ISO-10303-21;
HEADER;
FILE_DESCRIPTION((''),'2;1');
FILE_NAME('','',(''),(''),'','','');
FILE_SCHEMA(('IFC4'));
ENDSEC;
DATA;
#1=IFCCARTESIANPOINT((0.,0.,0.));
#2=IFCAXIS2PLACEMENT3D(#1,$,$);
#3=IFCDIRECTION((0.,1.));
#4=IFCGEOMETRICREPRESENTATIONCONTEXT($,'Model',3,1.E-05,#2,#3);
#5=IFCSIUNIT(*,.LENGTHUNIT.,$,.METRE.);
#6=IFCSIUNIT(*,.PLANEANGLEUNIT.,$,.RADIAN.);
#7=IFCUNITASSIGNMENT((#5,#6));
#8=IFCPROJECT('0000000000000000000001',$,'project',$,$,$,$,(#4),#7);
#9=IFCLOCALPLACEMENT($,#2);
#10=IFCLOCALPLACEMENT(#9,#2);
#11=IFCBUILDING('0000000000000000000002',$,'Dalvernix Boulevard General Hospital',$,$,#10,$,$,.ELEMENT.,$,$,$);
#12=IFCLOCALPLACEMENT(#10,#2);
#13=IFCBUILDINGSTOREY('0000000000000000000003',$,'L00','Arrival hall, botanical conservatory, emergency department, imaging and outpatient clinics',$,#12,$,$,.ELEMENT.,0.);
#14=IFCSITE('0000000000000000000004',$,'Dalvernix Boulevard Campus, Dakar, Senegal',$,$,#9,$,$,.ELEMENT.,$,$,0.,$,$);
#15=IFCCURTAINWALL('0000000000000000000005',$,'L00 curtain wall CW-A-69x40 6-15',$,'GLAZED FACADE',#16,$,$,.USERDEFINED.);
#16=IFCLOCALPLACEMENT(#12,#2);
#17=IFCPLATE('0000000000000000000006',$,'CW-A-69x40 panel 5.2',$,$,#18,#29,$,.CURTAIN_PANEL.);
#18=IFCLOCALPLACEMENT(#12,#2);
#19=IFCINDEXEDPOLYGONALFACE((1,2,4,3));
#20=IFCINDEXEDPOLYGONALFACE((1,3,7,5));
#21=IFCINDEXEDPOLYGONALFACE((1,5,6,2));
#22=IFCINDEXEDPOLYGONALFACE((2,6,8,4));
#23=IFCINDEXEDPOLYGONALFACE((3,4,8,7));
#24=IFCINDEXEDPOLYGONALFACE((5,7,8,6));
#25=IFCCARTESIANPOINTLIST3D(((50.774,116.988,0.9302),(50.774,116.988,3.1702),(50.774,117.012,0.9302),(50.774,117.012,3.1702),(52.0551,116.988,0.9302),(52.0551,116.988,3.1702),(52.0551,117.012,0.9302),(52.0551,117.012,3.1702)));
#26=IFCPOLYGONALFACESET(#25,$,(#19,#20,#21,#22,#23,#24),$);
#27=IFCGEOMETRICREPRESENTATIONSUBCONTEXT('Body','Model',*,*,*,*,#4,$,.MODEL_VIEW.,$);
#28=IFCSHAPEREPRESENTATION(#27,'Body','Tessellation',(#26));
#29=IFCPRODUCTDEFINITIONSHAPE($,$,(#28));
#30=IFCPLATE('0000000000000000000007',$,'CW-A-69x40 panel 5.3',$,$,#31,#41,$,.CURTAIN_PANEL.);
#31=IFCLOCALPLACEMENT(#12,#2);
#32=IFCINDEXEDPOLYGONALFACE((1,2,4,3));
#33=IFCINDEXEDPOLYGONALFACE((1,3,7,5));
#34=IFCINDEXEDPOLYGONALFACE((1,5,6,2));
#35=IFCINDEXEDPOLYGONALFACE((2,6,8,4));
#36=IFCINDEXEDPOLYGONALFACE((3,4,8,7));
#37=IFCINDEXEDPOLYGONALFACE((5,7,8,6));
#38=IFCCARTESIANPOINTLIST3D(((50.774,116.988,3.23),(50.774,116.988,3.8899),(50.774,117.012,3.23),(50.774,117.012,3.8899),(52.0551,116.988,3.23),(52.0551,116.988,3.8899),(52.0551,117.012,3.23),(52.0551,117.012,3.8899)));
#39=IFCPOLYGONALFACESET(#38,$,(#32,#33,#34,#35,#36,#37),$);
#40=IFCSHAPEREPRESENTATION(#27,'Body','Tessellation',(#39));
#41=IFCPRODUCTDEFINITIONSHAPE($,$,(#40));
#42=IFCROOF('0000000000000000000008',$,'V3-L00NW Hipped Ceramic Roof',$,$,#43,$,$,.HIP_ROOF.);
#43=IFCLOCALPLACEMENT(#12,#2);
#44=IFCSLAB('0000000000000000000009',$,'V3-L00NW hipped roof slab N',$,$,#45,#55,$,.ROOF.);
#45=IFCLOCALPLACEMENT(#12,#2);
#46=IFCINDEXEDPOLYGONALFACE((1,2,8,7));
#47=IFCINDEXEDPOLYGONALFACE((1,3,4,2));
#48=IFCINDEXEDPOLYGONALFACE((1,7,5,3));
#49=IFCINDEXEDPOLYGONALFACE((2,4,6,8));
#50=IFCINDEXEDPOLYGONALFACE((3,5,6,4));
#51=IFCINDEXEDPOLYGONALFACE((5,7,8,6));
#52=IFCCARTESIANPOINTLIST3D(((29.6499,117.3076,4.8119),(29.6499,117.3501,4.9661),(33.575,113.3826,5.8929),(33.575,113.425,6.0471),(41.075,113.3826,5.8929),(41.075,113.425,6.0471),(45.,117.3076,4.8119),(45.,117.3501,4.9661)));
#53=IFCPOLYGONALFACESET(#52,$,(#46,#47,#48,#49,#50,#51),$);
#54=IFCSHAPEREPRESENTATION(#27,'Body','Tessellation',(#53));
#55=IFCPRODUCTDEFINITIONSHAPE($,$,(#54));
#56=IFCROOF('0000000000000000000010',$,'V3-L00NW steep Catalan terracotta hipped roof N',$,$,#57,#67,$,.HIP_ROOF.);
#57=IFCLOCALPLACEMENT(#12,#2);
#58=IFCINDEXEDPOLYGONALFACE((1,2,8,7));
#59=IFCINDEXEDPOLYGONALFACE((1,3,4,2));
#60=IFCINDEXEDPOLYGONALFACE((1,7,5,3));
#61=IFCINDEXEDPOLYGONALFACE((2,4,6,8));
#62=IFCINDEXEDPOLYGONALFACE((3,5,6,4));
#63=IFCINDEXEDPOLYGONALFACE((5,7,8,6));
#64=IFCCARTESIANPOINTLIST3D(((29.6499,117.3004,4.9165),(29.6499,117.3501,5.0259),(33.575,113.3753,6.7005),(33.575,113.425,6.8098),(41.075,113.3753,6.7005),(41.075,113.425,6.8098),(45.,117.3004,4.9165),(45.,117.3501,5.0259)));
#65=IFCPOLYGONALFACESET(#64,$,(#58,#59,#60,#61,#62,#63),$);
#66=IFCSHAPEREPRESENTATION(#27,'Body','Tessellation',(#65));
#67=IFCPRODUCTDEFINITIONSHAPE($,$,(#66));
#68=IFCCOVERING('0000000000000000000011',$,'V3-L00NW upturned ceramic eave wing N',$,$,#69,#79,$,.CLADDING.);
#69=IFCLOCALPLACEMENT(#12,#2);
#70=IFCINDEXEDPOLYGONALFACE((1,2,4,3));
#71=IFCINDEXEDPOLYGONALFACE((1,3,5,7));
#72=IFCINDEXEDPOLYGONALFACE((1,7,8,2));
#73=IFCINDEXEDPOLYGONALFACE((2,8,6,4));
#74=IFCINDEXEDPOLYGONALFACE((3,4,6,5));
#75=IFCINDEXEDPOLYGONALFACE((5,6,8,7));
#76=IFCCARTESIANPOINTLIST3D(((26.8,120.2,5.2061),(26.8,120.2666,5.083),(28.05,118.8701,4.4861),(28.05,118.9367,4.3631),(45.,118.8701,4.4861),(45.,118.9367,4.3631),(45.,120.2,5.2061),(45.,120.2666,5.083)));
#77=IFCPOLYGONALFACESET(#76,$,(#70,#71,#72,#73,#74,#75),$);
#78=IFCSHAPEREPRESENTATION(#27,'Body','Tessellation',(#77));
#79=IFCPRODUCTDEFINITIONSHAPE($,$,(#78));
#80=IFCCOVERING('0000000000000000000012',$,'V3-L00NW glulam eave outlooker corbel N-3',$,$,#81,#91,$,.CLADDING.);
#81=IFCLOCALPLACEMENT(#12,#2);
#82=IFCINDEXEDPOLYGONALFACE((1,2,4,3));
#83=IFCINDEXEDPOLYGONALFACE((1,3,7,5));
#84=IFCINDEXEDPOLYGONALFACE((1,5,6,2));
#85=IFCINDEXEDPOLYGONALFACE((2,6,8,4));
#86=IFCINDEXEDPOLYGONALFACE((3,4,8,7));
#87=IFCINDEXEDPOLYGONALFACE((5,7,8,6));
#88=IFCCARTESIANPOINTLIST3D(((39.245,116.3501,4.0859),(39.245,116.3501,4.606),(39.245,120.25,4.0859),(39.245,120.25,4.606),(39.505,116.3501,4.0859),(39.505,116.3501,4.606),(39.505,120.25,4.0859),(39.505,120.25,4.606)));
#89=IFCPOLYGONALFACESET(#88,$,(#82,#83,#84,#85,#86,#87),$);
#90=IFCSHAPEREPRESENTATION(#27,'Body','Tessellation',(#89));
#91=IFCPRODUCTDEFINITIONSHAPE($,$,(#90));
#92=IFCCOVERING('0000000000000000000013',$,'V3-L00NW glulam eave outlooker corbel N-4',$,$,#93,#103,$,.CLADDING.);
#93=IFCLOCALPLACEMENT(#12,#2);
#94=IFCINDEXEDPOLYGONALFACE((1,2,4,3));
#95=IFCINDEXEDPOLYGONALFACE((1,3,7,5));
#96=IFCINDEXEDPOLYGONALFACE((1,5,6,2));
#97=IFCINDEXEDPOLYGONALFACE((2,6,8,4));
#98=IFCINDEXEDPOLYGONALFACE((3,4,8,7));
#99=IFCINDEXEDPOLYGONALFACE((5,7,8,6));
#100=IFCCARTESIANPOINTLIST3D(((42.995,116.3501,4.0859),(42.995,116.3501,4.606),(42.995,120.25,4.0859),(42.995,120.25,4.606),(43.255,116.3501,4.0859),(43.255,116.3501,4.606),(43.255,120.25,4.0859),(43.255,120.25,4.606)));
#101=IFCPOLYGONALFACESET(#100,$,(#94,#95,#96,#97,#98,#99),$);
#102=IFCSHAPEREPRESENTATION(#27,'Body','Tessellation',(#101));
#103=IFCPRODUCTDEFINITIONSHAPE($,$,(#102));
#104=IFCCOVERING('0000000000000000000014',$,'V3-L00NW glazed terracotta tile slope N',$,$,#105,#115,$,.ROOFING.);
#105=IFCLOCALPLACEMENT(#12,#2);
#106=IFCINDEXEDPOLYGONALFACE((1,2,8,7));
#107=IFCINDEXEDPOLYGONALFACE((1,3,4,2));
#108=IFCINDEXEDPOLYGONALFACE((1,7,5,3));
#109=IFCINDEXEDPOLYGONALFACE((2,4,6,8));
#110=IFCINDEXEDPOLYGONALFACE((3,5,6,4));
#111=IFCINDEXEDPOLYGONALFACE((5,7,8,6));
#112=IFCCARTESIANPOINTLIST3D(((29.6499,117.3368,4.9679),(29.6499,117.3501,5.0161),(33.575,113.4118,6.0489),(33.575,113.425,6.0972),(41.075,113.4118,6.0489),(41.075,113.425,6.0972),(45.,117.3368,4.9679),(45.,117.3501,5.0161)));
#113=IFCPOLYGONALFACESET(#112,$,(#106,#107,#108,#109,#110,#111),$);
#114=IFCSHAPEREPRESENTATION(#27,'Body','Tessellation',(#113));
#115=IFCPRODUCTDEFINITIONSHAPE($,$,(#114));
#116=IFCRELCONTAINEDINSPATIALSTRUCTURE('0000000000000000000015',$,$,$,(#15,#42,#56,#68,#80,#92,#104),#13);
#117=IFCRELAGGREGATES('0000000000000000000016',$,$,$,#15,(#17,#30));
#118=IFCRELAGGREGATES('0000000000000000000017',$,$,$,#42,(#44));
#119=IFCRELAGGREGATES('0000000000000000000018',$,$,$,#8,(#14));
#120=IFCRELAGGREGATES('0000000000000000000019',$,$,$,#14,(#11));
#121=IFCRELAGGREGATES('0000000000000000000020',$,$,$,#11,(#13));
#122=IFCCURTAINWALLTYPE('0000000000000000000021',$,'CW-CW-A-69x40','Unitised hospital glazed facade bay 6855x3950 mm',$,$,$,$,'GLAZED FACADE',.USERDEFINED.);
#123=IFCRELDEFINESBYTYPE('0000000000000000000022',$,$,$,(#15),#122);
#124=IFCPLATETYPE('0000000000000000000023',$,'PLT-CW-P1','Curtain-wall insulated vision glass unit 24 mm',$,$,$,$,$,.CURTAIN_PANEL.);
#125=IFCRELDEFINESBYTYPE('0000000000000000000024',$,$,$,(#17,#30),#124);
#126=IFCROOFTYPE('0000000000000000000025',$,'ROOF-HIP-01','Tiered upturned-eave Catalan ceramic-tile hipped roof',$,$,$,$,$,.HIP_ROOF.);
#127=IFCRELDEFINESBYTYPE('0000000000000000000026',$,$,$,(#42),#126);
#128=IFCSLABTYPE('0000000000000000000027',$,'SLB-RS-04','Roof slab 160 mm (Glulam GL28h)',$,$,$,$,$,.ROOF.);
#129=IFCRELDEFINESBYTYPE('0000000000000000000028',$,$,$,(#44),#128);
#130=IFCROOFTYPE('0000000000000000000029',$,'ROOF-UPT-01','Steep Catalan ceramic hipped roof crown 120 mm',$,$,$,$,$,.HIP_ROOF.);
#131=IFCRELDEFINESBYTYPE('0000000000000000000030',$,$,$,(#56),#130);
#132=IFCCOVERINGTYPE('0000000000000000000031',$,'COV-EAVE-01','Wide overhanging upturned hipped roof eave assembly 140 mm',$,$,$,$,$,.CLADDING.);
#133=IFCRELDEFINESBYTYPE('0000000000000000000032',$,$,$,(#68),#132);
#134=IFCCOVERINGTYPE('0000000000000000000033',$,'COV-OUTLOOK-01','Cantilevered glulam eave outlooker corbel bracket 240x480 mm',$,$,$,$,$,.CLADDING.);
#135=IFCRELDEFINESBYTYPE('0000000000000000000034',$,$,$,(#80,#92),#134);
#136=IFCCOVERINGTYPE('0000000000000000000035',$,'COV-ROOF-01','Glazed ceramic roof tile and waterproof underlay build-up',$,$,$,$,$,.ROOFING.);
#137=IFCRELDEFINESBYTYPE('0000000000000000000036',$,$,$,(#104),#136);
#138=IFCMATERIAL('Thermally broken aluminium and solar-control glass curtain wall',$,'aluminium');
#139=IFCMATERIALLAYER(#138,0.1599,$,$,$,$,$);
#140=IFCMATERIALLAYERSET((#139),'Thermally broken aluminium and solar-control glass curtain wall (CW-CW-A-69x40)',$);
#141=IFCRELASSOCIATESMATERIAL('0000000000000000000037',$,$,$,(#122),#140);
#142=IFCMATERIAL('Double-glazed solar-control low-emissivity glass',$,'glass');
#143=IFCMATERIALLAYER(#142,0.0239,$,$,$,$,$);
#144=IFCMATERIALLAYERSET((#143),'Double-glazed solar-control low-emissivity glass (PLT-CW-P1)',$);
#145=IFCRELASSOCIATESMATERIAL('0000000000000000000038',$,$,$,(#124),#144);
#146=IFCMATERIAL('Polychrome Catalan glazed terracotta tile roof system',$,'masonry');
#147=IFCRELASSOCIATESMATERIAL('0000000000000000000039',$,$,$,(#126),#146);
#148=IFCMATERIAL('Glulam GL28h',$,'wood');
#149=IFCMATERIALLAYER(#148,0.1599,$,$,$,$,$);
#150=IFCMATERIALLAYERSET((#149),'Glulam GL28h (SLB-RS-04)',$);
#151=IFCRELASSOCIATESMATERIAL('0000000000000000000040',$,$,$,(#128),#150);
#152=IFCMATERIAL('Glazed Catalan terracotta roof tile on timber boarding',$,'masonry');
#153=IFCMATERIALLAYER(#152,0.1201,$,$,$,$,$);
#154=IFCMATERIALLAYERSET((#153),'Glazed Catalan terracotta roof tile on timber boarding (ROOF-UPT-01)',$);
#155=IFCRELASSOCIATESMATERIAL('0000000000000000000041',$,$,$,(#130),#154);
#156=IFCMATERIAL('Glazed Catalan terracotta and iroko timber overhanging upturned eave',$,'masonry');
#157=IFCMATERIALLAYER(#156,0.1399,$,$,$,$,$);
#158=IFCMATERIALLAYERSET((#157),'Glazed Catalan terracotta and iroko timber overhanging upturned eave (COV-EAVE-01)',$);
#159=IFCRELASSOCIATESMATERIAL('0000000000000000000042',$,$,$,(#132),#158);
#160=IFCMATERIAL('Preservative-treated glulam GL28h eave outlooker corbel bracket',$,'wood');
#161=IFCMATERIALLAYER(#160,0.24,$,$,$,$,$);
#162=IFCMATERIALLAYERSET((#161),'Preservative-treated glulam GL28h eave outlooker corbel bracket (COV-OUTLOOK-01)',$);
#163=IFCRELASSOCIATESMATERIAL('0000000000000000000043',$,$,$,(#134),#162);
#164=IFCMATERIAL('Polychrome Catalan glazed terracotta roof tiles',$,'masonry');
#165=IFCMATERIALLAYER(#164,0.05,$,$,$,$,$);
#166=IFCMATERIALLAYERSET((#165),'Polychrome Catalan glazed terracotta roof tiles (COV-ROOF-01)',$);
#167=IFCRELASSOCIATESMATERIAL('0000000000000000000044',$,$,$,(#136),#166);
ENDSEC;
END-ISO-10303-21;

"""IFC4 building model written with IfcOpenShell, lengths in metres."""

from ifc_helpers import new_model, si_unit, direction, frame, origin, origin_2d, place, context, subcontext, project, spatial, polyline, rectangle, outline, extrude, material, layer, layer_set, type_object, element, aggregate, save


model = new_model("IFC4")

# Units and contexts
model_context = context("Model", 3, precision=1e-05, world=origin(), true_north=direction((0.0, 1.0)))
body_context = subcontext(model_context, "Body", "Model", "MODEL_VIEW")
ifc_project = project(units=[si_unit("LENGTHUNIT", "METRE"), si_unit("PLANEANGLEUNIT", "RADIAN")], contexts=[model_context])

# Site, building, storey
site_placement = place(None, origin())
site = spatial("IfcSite", under=ifc_project, at=site_placement, Name="Dalvernix Boulevard Campus, Dakar, Senegal", CompositionType="ELEMENT", RefElevation=0.0)
building_placement = place(site_placement, origin())
building = spatial("IfcBuilding", under=site, at=building_placement, Name="Dalvernix Boulevard General Hospital", CompositionType="ELEMENT")
storey_placement = place(building_placement, origin())
storey = spatial("IfcBuildingStorey", under=building, at=storey_placement, Name="L00", Description="Arrival hall, botanical conservatory, emergency department, imaging and outpatient clinics", CompositionType="ELEMENT", Elevation=0.0)

# Curtain wall, plates
ifc_material_1 = material(Name="Thermally broken aluminium and solar-control glass curtain wall", Category="aluminium")
ifc_layer_1 = layer(ifc_material_1, 0.1599)
ifc_layer_set_1 = layer_set([ifc_layer_1], Name="Thermally broken aluminium and solar-control glass curtain wall (CW-CW-A-69x40)")
curtain_wall_type = type_object("IfcCurtainWallType", Name="CW-CW-A-69x40", Description="Unitised hospital glazed facade bay 6855x3950 mm", ElementType="GLAZED FACADE", PredefinedType="USERDEFINED", material=ifc_layer_set_1)
curtain_wall_placement = place(storey_placement, origin())
curtain_wall = element("IfcCurtainWall", 1, at=curtain_wall_placement, inside=storey, type_object=curtain_wall_type, Name="L00 curtain wall CW-A-69x40 6-15", ObjectType="GLAZED FACADE", PredefinedType="USERDEFINED")
ifc_material_2 = material(Name="Double-glazed solar-control low-emissivity glass", Category="glass")
ifc_layer_2 = layer(ifc_material_2, 0.0239)
ifc_layer_set_2 = layer_set([ifc_layer_2], Name="Double-glazed solar-control low-emissivity glass (PLT-CW-P1)")
plate_type = type_object("IfcPlateType", Name="PLT-CW-P1", Description="Curtain-wall insulated vision glass unit 24 mm", PredefinedType="CURTAIN_PANEL", material=ifc_layer_set_2)
plate_1_placement = place(storey_placement, frame((51.4146, 117.0, 0.9302), z_axis=(0.0, 0.0, 1.0), x_axis=(1.0, 0.0, 0.0)))
plate_1 = element("IfcPlate", 2, at=plate_1_placement, type_object=plate_type, Name="CW-A-69x40 panel 5.2", PredefinedType="CURTAIN_PANEL", context=body_context, shape_type="SweptSolid", body=[
    extrude(rectangle(XDim=1.281, YDim=0.0239, at=origin_2d()), origin(), (0.0, 0.0, 1.0), 2.24),
])
plate_2_placement = place(storey_placement, frame((51.4146, 117.0, 3.23), z_axis=(0.0, 0.0, 1.0), x_axis=(1.0, 0.0, 0.0)))
plate_2 = element("IfcPlate", 3, at=plate_2_placement, type_object=plate_type, Name="CW-A-69x40 panel 5.3", PredefinedType="CURTAIN_PANEL", context=body_context, shape_type="SweptSolid", body=[
    extrude(rectangle(XDim=1.281, YDim=0.0239, at=origin_2d()), origin(), (0.0, 0.0, 1.0), 0.6599),
])
aggregate(curtain_wall, [plate_1, plate_2])

# Roof, slab
ifc_material_3 = material(Name="Polychrome Catalan glazed terracotta tile roof system", Category="masonry")
roof_type_1 = type_object("IfcRoofType", Name="ROOF-HIP-01", Description="Tiered upturned-eave Catalan ceramic-tile hipped roof", PredefinedType="HIP_ROOF", material=ifc_material_3)
roof_1_placement = place(storey_placement, origin())
roof_1 = element("IfcRoof", 4, at=roof_1_placement, inside=storey, type_object=roof_type_1, Name="V3-L00NW Hipped Ceramic Roof", PredefinedType="HIP_ROOF")
ifc_material_4 = material(Name="Glulam GL28h", Category="wood")
ifc_layer_3 = layer(ifc_material_4, 0.1599)
ifc_layer_set_3 = layer_set([ifc_layer_3], Name="Glulam GL28h (SLB-RS-04)")
slab_type = type_object("IfcSlabType", Name="SLB-RS-04", Description="Roof slab 160 mm (Glulam GL28h)", PredefinedType="ROOF", material=ifc_layer_set_3)
slab_placement = place(storey_placement, frame((45.0, 117.3501, 4.9661), z_axis=(0.0, 0.265537, 0.964101), x_axis=(-1.0, 0.0, 0.0)))
slab = element("IfcSlab", 5, at=slab_placement, type_object=slab_type, Name="V3-L00NW hipped roof slab N", PredefinedType="ROOF", context=body_context, shape_type="SweptSolid", body=[
    extrude(outline(polyline([(0.0, 0.0), (15.3501, 0.0), (11.425, 4.0712), (3.925, 4.0712), (0.0, 0.0)])), origin(), (0.0, 0.0, -1.0), 0.1599),
])
aggregate(roof_1, [slab])

# Roof
ifc_material_5 = material(Name="Glazed Catalan terracotta roof tile on timber boarding", Category="masonry")
ifc_layer_4 = layer(ifc_material_5, 0.1201)
ifc_layer_set_4 = layer_set([ifc_layer_4], Name="Glazed Catalan terracotta roof tile on timber boarding (ROOF-UPT-01)")
roof_type_2 = type_object("IfcRoofType", Name="ROOF-UPT-01", Description="Steep Catalan ceramic hipped roof crown 120 mm", PredefinedType="HIP_ROOF", material=ifc_layer_set_4)
roof_2_placement = place(storey_placement, frame((45.0, 117.3501, 5.0259), z_axis=(0.0, 0.413769, 0.910382), x_axis=(-1.0, 0.0, 0.0)))
element("IfcRoof", 6, at=roof_2_placement, inside=storey, type_object=roof_type_2, Name="V3-L00NW steep Catalan terracotta hipped roof N", PredefinedType="HIP_ROOF", context=body_context, shape_type="SweptSolid", body=[
    extrude(outline(polyline([(0.0, 0.0), (15.3501, 0.0), (11.425, 4.3114), (3.925, 4.3114), (0.0, 0.0)])), origin(), (0.0, 0.0, -1.0), 0.1201),
])

# Coverings
ifc_material_6 = material(Name="Glazed Catalan terracotta and iroko timber overhanging upturned eave", Category="masonry")
ifc_layer_5 = layer(ifc_material_6, 0.1399)
ifc_layer_set_5 = layer_set([ifc_layer_5], Name="Glazed Catalan terracotta and iroko timber overhanging upturned eave (COV-EAVE-01)")
covering_type_1 = type_object("IfcCoveringType", Name="COV-EAVE-01", Description="Wide overhanging upturned hipped roof eave assembly 140 mm", PredefinedType="CLADDING", material=ifc_layer_set_5)
covering_1_placement = place(storey_placement, frame((45.0, 118.8701, 4.4861), z_axis=(0.0, -0.476101, 0.879391), x_axis=(-1.0, 0.0, 0.0)))
element("IfcCovering", 7, at=covering_1_placement, inside=storey, type_object=covering_type_1, Name="V3-L00NW upturned ceramic eave wing N", PredefinedType="CLADDING", context=body_context, shape_type="SweptSolid", body=[
    extrude(outline(polyline([(0.0, 0.0), (16.95, 0.0), (18.2, -1.5122), (0.0, -1.5122), (0.0, 0.0)])), origin(), (0.0, 0.0, -1.0), 0.1399),
])
ifc_material_7 = material(Name="Preservative-treated glulam GL28h eave outlooker corbel bracket", Category="wood")
ifc_layer_6 = layer(ifc_material_7, 0.24)
ifc_layer_set_6 = layer_set([ifc_layer_6], Name="Preservative-treated glulam GL28h eave outlooker corbel bracket (COV-OUTLOOK-01)")
covering_type_2 = type_object("IfcCoveringType", Name="COV-OUTLOOK-01", Description="Cantilevered glulam eave outlooker corbel bracket 240x480 mm", PredefinedType="CLADDING", material=ifc_layer_set_6)
for number, where, z_axis, x_axis, name in (
    (8, (39.375, 118.3, 4.0859), (0.0, 0.0, 1.0), (1.0, 0.0, 0.0), "V3-L00NW glulam eave outlooker corbel N-3"),
    (9, (43.125, 118.3, 4.0859), (0.0, 0.0, 1.0), (1.0, 0.0, 0.0), "V3-L00NW glulam eave outlooker corbel N-4"),
):
    element("IfcCovering", number, at=place(storey_placement, frame(where, z_axis=z_axis, x_axis=x_axis)), inside=storey, type_object=covering_type_2, Name=name, PredefinedType="CLADDING", context=body_context, shape_type="SweptSolid", body=[
        extrude(rectangle(XDim=0.26, YDim=3.8999, at=origin_2d()), origin(), (0.0, 0.0, 1.0), 0.52),
    ])
ifc_material_8 = material(Name="Polychrome Catalan glazed terracotta roof tiles", Category="masonry")
ifc_layer_7 = layer(ifc_material_8, 0.05)
ifc_layer_set_7 = layer_set([ifc_layer_7], Name="Polychrome Catalan glazed terracotta roof tiles (COV-ROOF-01)")
covering_type_3 = type_object("IfcCoveringType", Name="COV-ROOF-01", Description="Glazed ceramic roof tile and waterproof underlay build-up", PredefinedType="ROOFING", material=ifc_layer_set_7)
covering_2_placement = place(storey_placement, frame((45.0, 117.3501, 5.0161), z_axis=(0.0, 0.265537, 0.964101), x_axis=(-1.0, 0.0, 0.0)))
element("IfcCovering", 10, at=covering_2_placement, inside=storey, type_object=covering_type_3, Name="V3-L00NW glazed terracotta tile slope N", PredefinedType="ROOFING", context=body_context, shape_type="SweptSolid", body=[
    extrude(outline(polyline([(0.0, 0.0), (15.3501, 0.0), (11.425, 4.0712), (3.925, 4.0712), (0.0, 0.0)])), origin(), (0.0, 0.0, -1.0), 0.05),
])

save(model, "model.ifc")
